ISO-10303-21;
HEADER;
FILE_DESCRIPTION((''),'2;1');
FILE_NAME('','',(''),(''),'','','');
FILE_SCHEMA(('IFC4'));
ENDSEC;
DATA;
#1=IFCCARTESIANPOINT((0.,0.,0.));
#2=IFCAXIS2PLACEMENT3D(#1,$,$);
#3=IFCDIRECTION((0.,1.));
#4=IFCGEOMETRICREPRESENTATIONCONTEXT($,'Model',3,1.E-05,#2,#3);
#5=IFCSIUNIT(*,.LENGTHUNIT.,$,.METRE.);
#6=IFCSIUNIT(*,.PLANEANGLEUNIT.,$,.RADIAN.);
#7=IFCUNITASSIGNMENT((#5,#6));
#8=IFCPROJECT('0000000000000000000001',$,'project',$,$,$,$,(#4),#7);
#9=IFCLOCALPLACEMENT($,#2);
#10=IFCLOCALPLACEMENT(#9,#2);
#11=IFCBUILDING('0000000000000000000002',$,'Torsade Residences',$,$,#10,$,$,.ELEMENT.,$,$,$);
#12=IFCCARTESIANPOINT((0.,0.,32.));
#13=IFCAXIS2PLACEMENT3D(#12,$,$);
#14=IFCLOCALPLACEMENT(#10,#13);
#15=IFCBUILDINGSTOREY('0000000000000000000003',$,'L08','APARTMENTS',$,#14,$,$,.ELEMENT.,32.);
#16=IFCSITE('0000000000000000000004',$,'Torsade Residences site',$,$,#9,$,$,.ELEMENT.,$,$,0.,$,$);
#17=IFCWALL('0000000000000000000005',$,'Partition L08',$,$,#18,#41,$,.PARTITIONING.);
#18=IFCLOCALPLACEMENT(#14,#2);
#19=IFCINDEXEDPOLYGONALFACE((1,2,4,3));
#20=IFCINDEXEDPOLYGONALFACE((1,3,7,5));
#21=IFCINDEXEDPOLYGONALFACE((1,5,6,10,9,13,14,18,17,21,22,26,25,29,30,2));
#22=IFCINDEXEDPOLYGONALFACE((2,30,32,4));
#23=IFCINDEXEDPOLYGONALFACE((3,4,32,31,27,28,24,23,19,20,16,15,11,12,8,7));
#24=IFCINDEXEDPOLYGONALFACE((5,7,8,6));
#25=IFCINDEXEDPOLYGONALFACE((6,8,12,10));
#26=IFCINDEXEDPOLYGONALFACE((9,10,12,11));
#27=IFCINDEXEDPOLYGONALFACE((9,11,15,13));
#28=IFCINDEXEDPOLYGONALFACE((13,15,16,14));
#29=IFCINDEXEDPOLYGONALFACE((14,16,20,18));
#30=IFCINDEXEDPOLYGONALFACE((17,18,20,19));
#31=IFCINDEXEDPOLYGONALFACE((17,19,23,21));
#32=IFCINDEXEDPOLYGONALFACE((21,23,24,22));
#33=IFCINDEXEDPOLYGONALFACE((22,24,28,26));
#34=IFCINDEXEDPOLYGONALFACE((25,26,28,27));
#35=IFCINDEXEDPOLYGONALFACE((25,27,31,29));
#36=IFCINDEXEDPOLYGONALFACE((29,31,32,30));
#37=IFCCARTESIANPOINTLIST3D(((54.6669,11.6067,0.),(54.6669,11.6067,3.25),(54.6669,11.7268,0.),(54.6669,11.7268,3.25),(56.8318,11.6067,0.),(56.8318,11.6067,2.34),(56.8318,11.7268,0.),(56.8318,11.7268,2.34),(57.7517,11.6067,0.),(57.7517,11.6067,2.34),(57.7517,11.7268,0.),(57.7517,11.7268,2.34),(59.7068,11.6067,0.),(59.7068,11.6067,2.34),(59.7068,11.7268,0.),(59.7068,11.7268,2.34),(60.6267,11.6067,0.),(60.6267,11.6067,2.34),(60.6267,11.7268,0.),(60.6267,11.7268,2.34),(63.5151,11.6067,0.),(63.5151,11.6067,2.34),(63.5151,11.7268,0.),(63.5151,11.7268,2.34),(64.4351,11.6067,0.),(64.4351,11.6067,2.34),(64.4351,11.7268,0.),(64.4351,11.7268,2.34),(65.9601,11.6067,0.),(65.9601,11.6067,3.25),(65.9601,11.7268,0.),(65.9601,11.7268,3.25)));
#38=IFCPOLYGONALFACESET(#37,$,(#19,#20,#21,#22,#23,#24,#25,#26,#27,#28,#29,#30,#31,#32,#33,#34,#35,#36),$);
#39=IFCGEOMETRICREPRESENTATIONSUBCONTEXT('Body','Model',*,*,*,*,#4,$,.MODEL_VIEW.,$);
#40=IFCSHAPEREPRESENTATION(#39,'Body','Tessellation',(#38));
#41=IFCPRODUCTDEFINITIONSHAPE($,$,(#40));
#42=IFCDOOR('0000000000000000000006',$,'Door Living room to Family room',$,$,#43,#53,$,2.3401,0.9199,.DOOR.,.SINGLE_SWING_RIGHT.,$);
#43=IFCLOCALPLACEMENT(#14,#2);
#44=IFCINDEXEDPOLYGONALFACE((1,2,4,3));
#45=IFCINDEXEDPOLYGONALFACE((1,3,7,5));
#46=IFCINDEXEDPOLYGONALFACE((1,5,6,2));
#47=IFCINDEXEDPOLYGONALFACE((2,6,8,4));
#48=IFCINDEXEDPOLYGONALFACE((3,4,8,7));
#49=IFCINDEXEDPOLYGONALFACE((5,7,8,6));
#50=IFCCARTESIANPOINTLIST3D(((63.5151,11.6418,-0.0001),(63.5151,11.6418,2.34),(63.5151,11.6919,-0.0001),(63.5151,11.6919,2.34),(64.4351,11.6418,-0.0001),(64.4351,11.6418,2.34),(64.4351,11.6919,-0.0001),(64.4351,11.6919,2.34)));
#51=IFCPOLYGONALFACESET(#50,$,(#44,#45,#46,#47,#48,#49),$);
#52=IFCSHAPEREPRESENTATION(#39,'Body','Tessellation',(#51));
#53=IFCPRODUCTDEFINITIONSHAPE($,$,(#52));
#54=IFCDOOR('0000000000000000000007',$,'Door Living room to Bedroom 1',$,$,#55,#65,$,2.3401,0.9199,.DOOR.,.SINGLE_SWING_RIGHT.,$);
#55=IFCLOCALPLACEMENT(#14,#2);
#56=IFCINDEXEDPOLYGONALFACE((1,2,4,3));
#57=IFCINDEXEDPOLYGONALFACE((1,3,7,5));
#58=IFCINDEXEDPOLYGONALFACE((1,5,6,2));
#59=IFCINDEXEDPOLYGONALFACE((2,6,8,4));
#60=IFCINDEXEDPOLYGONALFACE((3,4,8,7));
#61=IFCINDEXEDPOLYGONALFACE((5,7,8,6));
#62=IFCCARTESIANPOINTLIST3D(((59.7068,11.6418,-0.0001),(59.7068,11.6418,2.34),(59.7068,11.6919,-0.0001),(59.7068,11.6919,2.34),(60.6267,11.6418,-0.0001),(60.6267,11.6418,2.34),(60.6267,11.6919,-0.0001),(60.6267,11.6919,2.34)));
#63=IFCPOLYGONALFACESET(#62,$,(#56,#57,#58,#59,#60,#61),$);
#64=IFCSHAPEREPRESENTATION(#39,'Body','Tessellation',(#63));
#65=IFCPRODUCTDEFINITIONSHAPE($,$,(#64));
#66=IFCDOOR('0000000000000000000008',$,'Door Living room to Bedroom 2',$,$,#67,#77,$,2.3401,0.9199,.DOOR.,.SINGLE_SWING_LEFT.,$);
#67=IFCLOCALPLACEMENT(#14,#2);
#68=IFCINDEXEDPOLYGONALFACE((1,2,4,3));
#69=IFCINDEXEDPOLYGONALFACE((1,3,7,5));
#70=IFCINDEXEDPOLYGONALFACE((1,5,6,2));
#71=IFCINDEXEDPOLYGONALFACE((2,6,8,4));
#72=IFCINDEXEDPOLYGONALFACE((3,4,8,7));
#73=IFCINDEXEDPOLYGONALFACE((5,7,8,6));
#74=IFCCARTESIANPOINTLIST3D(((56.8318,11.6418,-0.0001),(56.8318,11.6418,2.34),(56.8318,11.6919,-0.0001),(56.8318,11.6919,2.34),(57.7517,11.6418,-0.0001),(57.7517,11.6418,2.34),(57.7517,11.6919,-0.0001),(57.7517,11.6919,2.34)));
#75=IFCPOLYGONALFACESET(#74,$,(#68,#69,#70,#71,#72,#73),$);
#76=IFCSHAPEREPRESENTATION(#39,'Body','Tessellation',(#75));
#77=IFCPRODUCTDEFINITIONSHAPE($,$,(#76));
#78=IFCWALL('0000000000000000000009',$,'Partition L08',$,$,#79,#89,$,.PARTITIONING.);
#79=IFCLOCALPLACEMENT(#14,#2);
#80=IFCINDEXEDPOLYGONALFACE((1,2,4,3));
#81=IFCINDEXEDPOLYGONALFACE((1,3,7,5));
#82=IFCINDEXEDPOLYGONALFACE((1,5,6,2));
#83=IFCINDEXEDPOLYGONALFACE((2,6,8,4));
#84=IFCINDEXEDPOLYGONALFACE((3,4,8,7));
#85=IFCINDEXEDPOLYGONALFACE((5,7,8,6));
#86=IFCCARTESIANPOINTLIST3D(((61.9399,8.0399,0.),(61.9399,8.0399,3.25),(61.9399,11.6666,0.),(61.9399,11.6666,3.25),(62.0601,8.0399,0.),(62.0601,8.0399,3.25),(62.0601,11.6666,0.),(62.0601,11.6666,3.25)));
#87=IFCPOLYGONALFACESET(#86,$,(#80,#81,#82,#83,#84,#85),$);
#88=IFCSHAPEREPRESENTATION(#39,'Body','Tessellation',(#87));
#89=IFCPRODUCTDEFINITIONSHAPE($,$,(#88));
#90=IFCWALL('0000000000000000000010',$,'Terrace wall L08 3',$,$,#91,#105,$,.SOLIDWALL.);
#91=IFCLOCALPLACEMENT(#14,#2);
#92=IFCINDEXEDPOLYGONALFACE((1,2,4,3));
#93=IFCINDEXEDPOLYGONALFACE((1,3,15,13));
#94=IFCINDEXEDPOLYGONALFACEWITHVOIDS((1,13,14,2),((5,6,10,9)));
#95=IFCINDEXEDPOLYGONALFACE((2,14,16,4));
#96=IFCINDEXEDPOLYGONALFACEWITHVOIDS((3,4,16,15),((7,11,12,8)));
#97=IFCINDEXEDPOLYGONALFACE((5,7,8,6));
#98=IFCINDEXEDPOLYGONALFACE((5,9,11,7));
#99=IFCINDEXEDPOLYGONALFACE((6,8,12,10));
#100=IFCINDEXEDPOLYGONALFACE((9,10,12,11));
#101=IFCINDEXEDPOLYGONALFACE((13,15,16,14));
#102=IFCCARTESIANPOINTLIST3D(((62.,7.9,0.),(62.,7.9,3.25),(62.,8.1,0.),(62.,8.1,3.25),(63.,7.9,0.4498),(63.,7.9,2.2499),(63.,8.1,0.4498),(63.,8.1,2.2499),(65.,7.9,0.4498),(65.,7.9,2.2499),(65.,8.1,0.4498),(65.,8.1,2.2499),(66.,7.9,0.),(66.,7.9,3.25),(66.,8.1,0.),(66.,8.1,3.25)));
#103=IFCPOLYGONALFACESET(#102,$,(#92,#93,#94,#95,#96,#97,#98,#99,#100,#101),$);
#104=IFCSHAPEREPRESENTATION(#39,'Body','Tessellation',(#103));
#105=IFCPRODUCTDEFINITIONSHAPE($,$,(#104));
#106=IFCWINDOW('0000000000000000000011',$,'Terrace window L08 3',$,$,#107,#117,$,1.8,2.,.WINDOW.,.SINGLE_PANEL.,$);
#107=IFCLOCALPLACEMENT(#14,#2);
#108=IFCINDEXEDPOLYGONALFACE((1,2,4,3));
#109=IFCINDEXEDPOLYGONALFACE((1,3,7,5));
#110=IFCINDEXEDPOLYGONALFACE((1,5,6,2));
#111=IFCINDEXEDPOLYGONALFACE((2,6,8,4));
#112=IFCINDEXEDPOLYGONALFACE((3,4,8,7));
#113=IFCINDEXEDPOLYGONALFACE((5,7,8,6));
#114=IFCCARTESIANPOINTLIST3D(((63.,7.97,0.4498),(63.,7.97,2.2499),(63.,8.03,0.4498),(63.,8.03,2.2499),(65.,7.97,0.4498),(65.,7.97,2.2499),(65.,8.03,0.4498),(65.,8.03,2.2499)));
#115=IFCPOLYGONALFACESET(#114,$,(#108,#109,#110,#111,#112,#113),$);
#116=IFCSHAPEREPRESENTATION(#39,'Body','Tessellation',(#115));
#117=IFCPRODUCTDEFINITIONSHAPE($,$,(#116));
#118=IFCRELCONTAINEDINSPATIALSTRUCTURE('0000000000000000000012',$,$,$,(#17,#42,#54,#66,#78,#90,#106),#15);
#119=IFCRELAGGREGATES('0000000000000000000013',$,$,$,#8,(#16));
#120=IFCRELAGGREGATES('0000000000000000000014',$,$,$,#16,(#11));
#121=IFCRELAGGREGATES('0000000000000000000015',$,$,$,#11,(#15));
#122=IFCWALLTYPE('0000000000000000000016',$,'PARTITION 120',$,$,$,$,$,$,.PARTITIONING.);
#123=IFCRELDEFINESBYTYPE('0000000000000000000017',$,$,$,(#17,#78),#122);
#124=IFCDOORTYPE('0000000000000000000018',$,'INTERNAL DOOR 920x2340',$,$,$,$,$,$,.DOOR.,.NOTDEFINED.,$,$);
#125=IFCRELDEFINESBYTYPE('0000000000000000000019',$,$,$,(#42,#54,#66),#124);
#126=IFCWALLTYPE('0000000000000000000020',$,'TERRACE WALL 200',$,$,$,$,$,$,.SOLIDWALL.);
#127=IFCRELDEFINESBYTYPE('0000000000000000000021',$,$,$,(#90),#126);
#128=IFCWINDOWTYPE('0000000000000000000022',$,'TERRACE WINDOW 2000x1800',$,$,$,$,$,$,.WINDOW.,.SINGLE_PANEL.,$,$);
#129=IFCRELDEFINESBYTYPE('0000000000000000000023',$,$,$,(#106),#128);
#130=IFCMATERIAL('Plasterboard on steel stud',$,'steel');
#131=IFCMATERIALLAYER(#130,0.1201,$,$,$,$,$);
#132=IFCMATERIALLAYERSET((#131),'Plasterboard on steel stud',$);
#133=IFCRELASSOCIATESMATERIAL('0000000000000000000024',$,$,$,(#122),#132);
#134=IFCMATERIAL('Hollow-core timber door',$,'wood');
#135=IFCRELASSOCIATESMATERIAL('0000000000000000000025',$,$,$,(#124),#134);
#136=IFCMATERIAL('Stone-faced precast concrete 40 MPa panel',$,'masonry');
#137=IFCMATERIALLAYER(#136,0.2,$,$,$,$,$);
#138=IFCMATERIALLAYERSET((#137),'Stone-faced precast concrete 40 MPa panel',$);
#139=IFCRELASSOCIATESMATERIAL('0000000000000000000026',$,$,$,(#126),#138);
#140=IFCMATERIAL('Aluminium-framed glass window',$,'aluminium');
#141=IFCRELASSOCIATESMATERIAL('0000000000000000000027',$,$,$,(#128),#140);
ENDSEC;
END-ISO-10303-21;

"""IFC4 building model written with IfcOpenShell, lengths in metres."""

from ifc_helpers import new_model, si_unit, direction, frame, frame_2d, origin, place, context, subcontext, project, spatial, rectangle, extrude, material, layer, layer_set, type_object, element, fill, save


model = new_model("IFC4")

# Units and contexts
model_context = context("Model", 3, precision=1e-05, world=origin(), true_north=direction((0.0, 1.0)))
body_context = subcontext(model_context, "Body", "Model", "MODEL_VIEW")
ifc_project = project(units=[si_unit("LENGTHUNIT", "METRE"), si_unit("PLANEANGLEUNIT", "RADIAN")], contexts=[model_context])

# Site, building, storey
site_placement = place(None, origin())
site = spatial("IfcSite", under=ifc_project, at=site_placement, Name="Torsade Residences site", CompositionType="ELEMENT", RefElevation=0.0)
building_placement = place(site_placement, origin())
building = spatial("IfcBuilding", under=site, at=building_placement, Name="Torsade Residences", CompositionType="ELEMENT")
storey_placement = place(building_placement, frame((0.0, 0.0, 32.0)))
storey = spatial("IfcBuildingStorey", under=building, at=storey_placement, Name="L08", Description="APARTMENTS", CompositionType="ELEMENT", Elevation=32.0)

# Wall, openings, doors
ifc_material_1 = material(Name="Plasterboard on steel stud", Category="steel")
ifc_layer_1 = layer(ifc_material_1, 0.1201)
ifc_layer_set_1 = layer_set([ifc_layer_1], Name="Plasterboard on steel stud")
wall_type_1 = type_object("IfcWallType", Name="PARTITION 120", PredefinedType="PARTITIONING", material=ifc_layer_set_1)
wall_1_placement = place(storey_placement, frame((65.96, 11.6667, 0.0), z_axis=(0.0, 0.0, 1.0), x_axis=(-1.0, 0.0, 0.0)))
wall_1 = element("IfcWall", 1, at=wall_1_placement, inside=storey, type_object=wall_type_1, Name="Partition L08", PredefinedType="PARTITIONING", context=body_context, shape_type="SweptSolid", body=[
    extrude(rectangle(XDim=11.2932, YDim=0.1201, at=frame_2d((5.6465, 0.0))), origin(), (0.0, 0.0, 1.0), 3.25),
])
opening_1_placement = place(wall_1_placement, frame((1.5249, 0.0, 0.0)))
opening_1 = element("IfcOpeningElement", 2, at=opening_1_placement, cuts=wall_1, PredefinedType="OPENING", context=body_context, shape_type="SweptSolid", body=[
    extrude(rectangle(XDim=0.9199, YDim=2.3401, at=frame_2d((0.46, 1.1699))), frame((0.0, 0.0701, 0.0), z_axis=(0.0, -1.0, 0.0), x_axis=(1.0, 0.0, 0.0)), (0.0, 0.0, 1.0), 0.1401),
])
opening_2_placement = place(wall_1_placement, frame((5.3333, 0.0, 0.0)))
opening_2 = element("IfcOpeningElement", 3, at=opening_2_placement, cuts=wall_1, PredefinedType="OPENING", context=body_context, shape_type="SweptSolid", body=[
    extrude(rectangle(XDim=0.9199, YDim=2.3401, at=frame_2d((0.46, 1.1699))), frame((0.0, 0.0701, 0.0), z_axis=(0.0, -1.0, 0.0), x_axis=(1.0, 0.0, 0.0)), (0.0, 0.0, 1.0), 0.1401),
])
opening_3_placement = place(wall_1_placement, frame((8.2083, 0.0, 0.0)))
opening_3 = element("IfcOpeningElement", 4, at=opening_3_placement, cuts=wall_1, PredefinedType="OPENING", context=body_context, shape_type="SweptSolid", body=[
    extrude(rectangle(XDim=0.9199, YDim=2.3401, at=frame_2d((0.46, 1.1699))), frame((0.0, 0.0701, 0.0), z_axis=(0.0, -1.0, 0.0), x_axis=(1.0, 0.0, 0.0)), (0.0, 0.0, 1.0), 0.1401),
])
ifc_material_2 = material(Name="Hollow-core timber door", Category="wood")
door_type = type_object("IfcDoorType", Name="INTERNAL DOOR 920x2340", OperationType="NOTDEFINED", PredefinedType="DOOR", material=ifc_material_2)
door_1_placement = place(opening_1_placement, origin())
door_1 = element("IfcDoor", 5, at=door_1_placement, inside=storey, type_object=door_type, Name="Door Living room to Family room", OperationType="SINGLE_SWING_RIGHT", OverallHeight=2.3401, OverallWidth=0.9199, PredefinedType="DOOR", context=body_context, shape_type="SweptSolid", body=[
    extrude(rectangle(XDim=0.9199, YDim=2.3401, at=frame_2d((0.46, 1.1699))), frame((0.0, 0.0249, 0.0), z_axis=(0.0, -1.0, 0.0), x_axis=(1.0, 0.0, 0.0)), (0.0, 0.0, 1.0), 0.05),
])
fill(opening_1, door_1)
door_2_placement = place(opening_2_placement, origin())
door_2 = element("IfcDoor", 6, at=door_2_placement, inside=storey, type_object=door_type, Name="Door Living room to Bedroom 1", OperationType="SINGLE_SWING_RIGHT", OverallHeight=2.3401, OverallWidth=0.9199, PredefinedType="DOOR", context=body_context, shape_type="SweptSolid", body=[
    extrude(rectangle(XDim=0.9199, YDim=2.3401, at=frame_2d((0.46, 1.1699))), frame((0.0, 0.0249, 0.0), z_axis=(0.0, -1.0, 0.0), x_axis=(1.0, 0.0, 0.0)), (0.0, 0.0, 1.0), 0.05),
])
fill(opening_2, door_2)
door_3_placement = place(opening_3_placement, origin())
door_3 = element("IfcDoor", 7, at=door_3_placement, inside=storey, type_object=door_type, Name="Door Living room to Bedroom 2", OperationType="SINGLE_SWING_LEFT", OverallHeight=2.3401, OverallWidth=0.9199, PredefinedType="DOOR", context=body_context, shape_type="SweptSolid", body=[
    extrude(rectangle(XDim=0.9199, YDim=2.3401, at=frame_2d((0.46, 1.1699))), frame((0.0, 0.0249, 0.0), z_axis=(0.0, -1.0, 0.0), x_axis=(1.0, 0.0, 0.0)), (0.0, 0.0, 1.0), 0.05),
])
fill(opening_3, door_3)

# Wall
wall_2_placement = place(storey_placement, frame((62.0, 11.6667, 0.0), z_axis=(0.0, 0.0, 1.0), x_axis=(0.0, -1.0, 0.0)))
element("IfcWall", 8, at=wall_2_placement, inside=storey, type_object=wall_type_1, Name="Partition L08", PredefinedType="PARTITIONING", context=body_context, shape_type="SweptSolid", body=[
    extrude(rectangle(XDim=3.6267, YDim=0.1201, at=frame_2d((1.8135, 0.0))), origin(), (0.0, 0.0, 1.0), 3.25),
])

# Wall, opening, window
ifc_material_3 = material(Name="Stone-faced precast concrete 40 MPa panel", Category="masonry")
ifc_layer_2 = layer(ifc_material_3, 0.2)
ifc_layer_set_2 = layer_set([ifc_layer_2], Name="Stone-faced precast concrete 40 MPa panel")
wall_type_2 = type_object("IfcWallType", Name="TERRACE WALL 200", PredefinedType="SOLIDWALL", material=ifc_layer_set_2)
wall_3_placement = place(storey_placement, frame((62.0, 8.0, 0.0), z_axis=(0.0, 0.0, 1.0), x_axis=(1.0, 0.0, 0.0)))
wall_3 = element("IfcWall", 9, at=wall_3_placement, inside=storey, type_object=wall_type_2, Name="Terrace wall L08 3", PredefinedType="SOLIDWALL", context=body_context, shape_type="SweptSolid", body=[
    extrude(rectangle(XDim=4.0, YDim=0.2, at=frame_2d((2.0, 0.0))), origin(), (0.0, 0.0, 1.0), 3.25),
])
opening_4_placement = place(wall_3_placement, frame((1.0, 0.0, 0.45)))
opening_4 = element("IfcOpeningElement", 10, at=opening_4_placement, cuts=wall_3, PredefinedType="OPENING", context=body_context, shape_type="SweptSolid", body=[
    extrude(rectangle(XDim=2.0, YDim=1.8, at=frame_2d((1.0, 0.8999))), frame((0.0, 0.1099, 0.0), z_axis=(0.0, -1.0, 0.0), x_axis=(1.0, 0.0, 0.0)), (0.0, 0.0, 1.0), 0.22),
])
ifc_material_4 = material(Name="Aluminium-framed glass window", Category="aluminium")
window_type = type_object("IfcWindowType", Name="TERRACE WINDOW 2000x1800", PartitioningType="SINGLE_PANEL", PredefinedType="WINDOW", material=ifc_material_4)
window_placement = place(opening_4_placement, origin())
window = element("IfcWindow", 11, at=window_placement, inside=storey, type_object=window_type, Name="Terrace window L08 3", OverallHeight=1.8, OverallWidth=2.0, PartitioningType="SINGLE_PANEL", PredefinedType="WINDOW", context=body_context, shape_type="SweptSolid", body=[
    extrude(rectangle(XDim=2.0, YDim=1.8, at=frame_2d((1.0, 0.8999))), frame((0.0, 0.03, 0.0), z_axis=(0.0, -1.0, 0.0), x_axis=(1.0, 0.0, 0.0)), (0.0, 0.0, 1.0), 0.0601),
])
fill(opening_4, window)

save(model, "model.ifc")
